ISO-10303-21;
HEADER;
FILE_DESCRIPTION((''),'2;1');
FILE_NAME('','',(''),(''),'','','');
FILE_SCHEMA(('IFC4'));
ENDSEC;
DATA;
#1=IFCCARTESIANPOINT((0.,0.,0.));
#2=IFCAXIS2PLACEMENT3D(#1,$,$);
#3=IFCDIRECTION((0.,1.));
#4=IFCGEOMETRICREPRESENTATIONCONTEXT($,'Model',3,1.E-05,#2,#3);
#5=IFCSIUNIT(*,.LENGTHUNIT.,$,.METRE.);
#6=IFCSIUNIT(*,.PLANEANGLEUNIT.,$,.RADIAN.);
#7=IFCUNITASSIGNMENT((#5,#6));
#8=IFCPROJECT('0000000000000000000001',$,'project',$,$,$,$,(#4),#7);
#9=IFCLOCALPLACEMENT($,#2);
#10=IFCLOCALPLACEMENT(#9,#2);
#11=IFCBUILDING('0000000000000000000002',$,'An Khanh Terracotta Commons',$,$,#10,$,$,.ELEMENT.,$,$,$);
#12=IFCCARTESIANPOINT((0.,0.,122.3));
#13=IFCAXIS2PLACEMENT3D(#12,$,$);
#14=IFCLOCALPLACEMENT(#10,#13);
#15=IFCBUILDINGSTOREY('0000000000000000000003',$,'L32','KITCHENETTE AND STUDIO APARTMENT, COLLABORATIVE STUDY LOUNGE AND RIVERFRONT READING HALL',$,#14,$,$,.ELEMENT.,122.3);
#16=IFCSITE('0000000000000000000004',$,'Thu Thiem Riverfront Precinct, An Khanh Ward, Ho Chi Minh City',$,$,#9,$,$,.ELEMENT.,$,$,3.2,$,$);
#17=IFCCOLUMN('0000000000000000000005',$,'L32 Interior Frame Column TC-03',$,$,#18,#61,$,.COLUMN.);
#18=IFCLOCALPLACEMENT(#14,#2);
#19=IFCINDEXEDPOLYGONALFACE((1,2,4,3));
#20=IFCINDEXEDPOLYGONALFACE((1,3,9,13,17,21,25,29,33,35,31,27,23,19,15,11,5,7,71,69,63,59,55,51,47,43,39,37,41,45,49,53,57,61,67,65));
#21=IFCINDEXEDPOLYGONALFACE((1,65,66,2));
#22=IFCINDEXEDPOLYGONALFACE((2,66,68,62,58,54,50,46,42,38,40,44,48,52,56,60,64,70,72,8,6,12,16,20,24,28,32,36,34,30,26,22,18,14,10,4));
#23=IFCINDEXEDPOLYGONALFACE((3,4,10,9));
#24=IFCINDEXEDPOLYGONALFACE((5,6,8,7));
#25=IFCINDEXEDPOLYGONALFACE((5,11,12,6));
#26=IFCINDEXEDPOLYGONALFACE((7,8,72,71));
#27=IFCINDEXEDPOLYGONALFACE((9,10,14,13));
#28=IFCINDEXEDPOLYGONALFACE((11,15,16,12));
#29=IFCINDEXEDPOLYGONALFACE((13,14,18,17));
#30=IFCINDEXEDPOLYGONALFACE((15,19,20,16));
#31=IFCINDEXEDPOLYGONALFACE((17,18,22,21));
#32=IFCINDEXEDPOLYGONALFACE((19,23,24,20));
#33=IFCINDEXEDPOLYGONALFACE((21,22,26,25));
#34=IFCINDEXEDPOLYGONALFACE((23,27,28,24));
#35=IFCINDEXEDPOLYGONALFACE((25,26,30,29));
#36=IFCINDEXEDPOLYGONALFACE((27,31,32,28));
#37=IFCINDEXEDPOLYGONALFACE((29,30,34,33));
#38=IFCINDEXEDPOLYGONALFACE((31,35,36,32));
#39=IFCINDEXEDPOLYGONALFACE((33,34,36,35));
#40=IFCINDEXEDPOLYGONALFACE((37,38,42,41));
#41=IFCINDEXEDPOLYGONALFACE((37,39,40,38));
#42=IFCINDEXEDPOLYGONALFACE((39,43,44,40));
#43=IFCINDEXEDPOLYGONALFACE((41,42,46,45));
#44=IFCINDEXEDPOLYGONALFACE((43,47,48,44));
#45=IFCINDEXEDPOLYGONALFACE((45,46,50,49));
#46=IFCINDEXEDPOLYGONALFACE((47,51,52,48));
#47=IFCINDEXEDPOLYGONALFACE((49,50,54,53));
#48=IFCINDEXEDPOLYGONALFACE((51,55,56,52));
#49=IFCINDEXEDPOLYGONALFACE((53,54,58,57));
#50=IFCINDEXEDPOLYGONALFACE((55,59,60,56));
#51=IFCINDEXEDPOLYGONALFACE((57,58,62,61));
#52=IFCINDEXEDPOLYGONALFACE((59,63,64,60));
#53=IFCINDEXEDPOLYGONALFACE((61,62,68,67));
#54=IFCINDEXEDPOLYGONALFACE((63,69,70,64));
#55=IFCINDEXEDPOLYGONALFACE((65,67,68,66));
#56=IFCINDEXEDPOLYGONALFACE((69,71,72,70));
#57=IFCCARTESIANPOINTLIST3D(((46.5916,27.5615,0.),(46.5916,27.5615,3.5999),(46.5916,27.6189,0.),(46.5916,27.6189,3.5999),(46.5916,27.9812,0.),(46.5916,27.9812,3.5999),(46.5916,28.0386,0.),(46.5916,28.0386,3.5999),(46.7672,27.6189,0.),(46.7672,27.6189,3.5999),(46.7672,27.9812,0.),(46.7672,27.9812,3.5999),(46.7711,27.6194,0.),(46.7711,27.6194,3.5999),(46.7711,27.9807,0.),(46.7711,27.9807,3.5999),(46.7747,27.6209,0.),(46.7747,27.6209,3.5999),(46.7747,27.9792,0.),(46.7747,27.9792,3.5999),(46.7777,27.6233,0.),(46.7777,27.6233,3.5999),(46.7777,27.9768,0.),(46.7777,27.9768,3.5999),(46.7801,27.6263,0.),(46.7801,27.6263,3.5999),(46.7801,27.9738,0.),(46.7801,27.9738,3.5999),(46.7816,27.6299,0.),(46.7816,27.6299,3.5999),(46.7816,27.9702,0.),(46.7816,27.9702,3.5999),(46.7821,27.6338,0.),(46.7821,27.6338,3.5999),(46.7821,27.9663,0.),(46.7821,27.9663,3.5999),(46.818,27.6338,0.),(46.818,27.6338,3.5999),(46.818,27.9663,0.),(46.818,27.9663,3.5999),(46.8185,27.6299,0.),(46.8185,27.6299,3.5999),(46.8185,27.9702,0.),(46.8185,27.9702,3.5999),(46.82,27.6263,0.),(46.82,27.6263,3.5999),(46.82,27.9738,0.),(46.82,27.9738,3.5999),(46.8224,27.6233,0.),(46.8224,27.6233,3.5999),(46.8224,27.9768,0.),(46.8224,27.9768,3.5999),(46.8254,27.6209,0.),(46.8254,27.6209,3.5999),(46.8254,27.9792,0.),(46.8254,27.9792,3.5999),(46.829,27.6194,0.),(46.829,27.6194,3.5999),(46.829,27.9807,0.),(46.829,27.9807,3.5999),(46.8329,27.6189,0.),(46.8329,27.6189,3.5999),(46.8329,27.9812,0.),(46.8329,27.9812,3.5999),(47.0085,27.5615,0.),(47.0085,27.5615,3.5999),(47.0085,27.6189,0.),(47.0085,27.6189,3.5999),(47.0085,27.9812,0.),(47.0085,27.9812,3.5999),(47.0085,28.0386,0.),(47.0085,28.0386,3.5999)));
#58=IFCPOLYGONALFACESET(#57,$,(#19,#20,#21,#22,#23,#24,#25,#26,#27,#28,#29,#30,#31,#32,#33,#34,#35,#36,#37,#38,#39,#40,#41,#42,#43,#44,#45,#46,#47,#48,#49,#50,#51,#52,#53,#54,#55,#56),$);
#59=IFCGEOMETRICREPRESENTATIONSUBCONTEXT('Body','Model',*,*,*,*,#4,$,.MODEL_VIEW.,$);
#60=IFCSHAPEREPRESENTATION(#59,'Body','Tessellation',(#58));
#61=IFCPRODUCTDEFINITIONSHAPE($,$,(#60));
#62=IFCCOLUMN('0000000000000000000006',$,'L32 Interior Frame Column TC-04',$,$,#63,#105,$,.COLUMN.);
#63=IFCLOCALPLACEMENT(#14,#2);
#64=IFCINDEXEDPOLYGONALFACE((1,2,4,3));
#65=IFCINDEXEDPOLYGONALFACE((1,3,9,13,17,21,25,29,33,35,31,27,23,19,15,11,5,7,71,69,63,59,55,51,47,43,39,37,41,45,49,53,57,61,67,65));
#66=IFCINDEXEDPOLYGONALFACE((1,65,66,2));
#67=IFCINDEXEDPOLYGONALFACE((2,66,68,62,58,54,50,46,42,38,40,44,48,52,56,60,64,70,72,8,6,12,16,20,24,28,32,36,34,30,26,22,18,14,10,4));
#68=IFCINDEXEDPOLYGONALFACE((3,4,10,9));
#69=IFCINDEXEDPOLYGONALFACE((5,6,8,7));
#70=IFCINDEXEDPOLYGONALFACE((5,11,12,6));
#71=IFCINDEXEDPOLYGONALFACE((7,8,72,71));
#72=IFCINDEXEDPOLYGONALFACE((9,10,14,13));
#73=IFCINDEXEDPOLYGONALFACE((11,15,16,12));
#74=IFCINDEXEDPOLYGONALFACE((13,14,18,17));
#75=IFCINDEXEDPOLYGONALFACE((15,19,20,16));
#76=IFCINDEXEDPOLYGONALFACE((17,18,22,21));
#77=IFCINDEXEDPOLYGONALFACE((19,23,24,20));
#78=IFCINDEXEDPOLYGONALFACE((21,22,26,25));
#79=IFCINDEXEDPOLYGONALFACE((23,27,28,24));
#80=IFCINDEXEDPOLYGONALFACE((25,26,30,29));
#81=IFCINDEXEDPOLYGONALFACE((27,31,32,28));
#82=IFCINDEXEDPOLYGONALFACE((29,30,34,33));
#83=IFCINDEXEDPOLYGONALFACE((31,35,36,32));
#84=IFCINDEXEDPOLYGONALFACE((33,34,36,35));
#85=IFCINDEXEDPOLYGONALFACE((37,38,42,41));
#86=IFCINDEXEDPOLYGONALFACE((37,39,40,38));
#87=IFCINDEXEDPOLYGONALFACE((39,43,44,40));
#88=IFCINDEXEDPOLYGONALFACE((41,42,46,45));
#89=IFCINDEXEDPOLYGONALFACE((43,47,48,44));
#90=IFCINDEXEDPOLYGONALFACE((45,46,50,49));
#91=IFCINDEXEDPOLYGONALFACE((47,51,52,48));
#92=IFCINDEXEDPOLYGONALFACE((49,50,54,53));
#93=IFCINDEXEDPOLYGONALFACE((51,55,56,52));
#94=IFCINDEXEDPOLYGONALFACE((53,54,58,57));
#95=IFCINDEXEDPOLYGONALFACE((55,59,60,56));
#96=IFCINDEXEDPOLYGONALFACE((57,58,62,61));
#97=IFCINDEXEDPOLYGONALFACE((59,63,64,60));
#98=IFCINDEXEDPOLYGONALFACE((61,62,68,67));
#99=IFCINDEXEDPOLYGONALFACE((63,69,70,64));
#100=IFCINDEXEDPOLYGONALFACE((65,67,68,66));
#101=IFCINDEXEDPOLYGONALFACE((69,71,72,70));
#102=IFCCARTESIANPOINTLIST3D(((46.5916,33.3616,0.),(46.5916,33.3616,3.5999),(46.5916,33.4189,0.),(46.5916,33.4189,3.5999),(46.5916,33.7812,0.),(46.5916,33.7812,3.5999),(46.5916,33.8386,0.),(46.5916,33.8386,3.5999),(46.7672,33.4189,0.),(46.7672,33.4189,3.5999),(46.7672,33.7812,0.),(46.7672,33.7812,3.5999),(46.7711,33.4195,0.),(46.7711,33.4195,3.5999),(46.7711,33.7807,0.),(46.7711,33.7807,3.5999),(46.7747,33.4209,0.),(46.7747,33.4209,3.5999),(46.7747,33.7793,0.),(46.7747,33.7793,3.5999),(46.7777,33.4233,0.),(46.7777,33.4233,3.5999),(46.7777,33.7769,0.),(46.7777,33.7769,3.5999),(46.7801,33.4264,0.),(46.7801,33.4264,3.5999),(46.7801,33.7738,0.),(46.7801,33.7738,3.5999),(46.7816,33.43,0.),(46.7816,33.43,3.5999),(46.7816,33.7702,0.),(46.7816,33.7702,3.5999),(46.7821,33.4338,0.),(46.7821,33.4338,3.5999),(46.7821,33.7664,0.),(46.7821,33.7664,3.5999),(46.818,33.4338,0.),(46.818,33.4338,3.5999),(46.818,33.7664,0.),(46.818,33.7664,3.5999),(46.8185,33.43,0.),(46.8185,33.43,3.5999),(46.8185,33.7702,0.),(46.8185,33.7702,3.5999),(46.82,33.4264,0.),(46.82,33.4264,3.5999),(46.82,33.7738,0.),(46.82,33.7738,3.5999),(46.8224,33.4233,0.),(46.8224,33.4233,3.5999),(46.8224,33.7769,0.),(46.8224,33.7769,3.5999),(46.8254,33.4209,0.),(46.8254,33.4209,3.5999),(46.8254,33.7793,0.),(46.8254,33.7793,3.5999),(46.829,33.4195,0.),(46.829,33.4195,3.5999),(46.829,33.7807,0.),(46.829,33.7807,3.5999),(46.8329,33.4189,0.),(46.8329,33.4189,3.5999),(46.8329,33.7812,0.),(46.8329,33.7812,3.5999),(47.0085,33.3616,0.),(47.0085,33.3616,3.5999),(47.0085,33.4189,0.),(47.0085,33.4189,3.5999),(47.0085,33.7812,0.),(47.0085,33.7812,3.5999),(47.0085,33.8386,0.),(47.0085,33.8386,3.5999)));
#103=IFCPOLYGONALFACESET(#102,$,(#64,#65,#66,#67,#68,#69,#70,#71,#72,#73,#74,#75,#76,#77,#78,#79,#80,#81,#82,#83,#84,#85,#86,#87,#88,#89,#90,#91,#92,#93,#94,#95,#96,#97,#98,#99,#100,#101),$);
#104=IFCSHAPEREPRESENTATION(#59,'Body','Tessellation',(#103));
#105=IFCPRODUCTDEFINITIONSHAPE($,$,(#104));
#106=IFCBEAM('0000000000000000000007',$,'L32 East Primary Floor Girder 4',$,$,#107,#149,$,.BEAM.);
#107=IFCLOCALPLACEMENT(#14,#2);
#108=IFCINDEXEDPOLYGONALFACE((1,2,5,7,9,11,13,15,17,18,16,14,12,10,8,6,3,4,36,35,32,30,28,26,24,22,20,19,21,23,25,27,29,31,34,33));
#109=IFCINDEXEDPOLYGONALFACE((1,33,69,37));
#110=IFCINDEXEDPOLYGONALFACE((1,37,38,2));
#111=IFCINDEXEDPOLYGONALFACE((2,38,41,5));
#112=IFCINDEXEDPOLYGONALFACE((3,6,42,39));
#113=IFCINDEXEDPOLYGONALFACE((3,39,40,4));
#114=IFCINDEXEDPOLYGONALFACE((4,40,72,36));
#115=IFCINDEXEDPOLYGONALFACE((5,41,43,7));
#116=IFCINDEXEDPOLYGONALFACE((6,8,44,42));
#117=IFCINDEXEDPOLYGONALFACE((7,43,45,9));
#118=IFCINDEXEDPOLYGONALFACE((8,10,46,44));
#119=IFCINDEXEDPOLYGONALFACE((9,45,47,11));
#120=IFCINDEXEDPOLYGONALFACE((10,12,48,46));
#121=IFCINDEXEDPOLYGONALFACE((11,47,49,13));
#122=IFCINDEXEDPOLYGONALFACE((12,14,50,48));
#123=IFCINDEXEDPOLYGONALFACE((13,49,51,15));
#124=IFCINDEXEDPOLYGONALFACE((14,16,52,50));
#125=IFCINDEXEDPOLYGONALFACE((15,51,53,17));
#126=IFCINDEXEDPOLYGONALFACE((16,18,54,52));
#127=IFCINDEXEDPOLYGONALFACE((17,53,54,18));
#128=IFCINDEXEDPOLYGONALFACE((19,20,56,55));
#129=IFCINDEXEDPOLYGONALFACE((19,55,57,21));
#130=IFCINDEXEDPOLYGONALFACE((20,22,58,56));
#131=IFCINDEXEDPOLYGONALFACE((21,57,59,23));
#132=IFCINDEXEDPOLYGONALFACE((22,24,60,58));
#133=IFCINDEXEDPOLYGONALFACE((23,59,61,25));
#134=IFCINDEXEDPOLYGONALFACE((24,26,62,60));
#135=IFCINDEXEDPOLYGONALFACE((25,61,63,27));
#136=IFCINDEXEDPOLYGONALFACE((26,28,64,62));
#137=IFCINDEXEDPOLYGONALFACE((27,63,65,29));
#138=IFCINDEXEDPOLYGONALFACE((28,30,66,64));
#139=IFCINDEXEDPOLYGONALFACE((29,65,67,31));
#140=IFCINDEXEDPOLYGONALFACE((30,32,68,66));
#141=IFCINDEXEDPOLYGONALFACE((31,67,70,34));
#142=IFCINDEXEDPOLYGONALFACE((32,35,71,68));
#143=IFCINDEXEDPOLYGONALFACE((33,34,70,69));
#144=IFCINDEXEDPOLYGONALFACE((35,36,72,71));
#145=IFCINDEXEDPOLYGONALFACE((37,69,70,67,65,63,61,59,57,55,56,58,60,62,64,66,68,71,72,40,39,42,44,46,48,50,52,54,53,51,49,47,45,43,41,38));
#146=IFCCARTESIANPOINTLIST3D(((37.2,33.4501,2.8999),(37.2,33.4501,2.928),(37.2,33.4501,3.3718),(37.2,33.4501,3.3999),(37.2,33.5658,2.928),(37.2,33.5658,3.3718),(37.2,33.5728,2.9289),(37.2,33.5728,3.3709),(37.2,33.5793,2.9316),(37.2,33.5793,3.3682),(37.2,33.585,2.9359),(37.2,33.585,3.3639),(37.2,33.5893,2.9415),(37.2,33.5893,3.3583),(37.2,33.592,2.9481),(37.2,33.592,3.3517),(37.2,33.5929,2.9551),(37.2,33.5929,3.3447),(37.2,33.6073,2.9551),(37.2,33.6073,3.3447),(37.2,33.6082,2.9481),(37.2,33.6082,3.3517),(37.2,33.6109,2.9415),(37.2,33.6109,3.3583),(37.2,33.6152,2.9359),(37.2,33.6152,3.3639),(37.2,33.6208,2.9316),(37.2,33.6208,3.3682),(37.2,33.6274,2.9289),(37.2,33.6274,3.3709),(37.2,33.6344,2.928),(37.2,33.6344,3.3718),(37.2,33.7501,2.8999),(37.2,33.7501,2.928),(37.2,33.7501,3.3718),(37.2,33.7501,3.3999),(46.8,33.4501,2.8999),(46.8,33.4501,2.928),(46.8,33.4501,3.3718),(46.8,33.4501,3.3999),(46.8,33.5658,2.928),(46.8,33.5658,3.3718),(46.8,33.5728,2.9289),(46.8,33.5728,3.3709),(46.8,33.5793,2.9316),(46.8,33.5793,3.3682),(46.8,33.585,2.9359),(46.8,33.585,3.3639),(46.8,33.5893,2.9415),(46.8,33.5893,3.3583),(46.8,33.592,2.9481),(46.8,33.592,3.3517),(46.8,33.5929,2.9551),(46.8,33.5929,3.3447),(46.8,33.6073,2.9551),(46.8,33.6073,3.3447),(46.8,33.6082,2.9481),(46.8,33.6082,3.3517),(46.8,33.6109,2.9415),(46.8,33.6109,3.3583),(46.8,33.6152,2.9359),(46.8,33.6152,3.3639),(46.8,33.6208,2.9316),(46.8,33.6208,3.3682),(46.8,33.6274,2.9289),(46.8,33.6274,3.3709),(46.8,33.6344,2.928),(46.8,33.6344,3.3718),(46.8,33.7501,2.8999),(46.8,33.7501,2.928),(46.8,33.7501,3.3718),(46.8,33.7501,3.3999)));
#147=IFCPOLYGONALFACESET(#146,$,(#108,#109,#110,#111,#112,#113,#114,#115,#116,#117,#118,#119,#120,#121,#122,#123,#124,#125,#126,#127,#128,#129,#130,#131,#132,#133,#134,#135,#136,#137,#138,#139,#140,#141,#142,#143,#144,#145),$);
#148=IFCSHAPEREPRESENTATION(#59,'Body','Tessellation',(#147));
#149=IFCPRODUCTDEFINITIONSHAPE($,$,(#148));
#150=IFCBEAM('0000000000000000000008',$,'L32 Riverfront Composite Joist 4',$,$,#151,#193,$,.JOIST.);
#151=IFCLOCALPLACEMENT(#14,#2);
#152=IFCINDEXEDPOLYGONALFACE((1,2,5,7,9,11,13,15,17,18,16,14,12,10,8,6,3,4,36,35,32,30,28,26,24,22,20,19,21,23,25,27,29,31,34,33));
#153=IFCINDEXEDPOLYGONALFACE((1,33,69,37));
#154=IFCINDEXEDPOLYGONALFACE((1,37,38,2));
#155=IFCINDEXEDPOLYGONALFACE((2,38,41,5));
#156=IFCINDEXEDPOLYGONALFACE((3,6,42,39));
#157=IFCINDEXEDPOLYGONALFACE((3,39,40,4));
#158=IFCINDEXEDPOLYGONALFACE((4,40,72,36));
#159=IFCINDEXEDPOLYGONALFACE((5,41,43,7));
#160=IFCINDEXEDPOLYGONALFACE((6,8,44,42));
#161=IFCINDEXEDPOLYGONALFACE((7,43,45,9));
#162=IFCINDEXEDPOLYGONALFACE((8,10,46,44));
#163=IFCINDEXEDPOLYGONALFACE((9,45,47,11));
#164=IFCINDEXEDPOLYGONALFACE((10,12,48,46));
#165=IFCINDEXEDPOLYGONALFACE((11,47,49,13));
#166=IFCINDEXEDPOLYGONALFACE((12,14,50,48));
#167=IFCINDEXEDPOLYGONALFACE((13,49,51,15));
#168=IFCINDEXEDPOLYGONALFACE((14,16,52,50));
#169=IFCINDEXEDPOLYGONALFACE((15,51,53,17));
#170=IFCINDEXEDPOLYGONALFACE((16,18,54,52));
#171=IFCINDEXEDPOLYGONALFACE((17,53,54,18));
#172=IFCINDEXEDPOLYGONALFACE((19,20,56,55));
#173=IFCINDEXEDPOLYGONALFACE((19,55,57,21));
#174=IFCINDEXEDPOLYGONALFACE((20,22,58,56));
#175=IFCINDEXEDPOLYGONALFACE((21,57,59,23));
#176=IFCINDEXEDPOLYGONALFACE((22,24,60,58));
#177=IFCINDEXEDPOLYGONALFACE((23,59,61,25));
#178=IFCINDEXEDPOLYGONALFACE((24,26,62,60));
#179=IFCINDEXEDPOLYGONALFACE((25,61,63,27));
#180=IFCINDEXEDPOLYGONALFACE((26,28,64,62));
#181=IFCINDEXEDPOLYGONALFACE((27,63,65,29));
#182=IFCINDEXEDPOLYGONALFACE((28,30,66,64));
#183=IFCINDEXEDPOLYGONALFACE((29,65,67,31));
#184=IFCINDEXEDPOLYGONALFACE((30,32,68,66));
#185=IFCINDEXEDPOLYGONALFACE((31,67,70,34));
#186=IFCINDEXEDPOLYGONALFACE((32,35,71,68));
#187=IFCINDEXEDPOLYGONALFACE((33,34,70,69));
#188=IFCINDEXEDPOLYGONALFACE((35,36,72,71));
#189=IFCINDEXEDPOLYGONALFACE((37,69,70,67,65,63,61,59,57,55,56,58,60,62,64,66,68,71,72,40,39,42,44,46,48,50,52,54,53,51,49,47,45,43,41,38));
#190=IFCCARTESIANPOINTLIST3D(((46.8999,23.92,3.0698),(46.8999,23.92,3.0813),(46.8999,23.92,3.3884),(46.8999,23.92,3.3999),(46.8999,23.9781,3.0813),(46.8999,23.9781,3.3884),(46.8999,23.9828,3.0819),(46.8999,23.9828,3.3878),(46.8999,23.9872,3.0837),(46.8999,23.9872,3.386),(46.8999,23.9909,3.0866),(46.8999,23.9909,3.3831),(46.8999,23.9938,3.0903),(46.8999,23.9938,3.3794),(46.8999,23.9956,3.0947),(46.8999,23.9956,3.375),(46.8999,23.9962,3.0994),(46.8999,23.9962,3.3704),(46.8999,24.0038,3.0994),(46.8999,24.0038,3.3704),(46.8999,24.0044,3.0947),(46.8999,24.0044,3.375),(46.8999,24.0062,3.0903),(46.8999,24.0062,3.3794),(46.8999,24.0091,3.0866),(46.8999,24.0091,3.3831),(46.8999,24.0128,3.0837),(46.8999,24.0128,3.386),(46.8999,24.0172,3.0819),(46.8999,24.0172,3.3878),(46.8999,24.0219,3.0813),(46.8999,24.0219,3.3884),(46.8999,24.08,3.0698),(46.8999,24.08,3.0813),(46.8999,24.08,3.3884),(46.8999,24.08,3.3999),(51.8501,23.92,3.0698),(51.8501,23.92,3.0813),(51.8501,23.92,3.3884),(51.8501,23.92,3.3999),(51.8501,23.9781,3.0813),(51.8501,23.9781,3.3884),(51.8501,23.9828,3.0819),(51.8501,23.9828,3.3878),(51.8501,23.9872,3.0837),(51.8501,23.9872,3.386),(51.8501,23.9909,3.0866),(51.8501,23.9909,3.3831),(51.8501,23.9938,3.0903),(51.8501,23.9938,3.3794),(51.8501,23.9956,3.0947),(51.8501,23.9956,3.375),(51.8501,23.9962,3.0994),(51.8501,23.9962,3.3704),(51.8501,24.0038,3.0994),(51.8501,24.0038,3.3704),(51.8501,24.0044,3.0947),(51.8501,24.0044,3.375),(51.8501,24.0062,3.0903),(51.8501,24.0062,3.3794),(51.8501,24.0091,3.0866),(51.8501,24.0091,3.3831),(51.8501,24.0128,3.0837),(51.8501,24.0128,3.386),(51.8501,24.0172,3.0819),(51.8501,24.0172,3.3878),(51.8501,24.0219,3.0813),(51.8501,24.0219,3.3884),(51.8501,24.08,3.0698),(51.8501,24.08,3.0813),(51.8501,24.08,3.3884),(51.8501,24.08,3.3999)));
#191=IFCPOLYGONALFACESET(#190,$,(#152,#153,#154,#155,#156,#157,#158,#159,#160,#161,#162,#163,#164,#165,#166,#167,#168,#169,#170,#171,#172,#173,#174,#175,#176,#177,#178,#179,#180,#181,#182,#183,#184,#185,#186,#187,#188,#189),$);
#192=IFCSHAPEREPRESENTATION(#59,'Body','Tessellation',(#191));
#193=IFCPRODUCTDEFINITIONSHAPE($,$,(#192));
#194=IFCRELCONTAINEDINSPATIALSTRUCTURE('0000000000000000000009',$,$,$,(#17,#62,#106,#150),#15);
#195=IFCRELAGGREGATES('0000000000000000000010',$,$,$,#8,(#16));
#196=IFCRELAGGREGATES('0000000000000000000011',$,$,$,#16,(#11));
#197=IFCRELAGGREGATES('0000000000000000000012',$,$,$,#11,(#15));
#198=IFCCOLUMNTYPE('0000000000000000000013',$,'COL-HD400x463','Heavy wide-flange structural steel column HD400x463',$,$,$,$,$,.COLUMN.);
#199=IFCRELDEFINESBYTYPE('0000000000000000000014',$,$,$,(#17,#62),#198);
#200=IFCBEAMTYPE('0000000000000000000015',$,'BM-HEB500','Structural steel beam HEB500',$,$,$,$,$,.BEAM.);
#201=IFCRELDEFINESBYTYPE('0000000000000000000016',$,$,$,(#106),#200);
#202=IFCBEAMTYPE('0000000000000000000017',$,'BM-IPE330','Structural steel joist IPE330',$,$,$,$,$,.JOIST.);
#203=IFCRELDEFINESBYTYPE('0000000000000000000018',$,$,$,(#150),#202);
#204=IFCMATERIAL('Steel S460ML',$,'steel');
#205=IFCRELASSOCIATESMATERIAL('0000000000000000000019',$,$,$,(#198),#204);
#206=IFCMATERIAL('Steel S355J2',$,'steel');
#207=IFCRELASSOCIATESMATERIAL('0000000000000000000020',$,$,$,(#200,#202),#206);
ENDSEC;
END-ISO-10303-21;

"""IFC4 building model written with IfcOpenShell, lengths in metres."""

from ifc_helpers import new_model, si_unit, direction, frame, origin, origin_2d, place, context, subcontext, project, spatial, i_section, extrude, material, material_profile, profile_set, type_object, element, save


model = new_model("IFC4")

# Units and contexts
model_context = context("Model", 3, precision=1e-05, world=origin(), true_north=direction((0.0, 1.0)))
body_context = subcontext(model_context, "Body", "Model", "MODEL_VIEW")
ifc_project = project(units=[si_unit("LENGTHUNIT", "METRE"), si_unit("PLANEANGLEUNIT", "RADIAN")], contexts=[model_context])

# Site, building, storey
site_placement = place(None, origin())
site = spatial("IfcSite", under=ifc_project, at=site_placement, Name="Thu Thiem Riverfront Precinct, An Khanh Ward, Ho Chi Minh City", CompositionType="ELEMENT", RefElevation=3.2)
building_placement = place(site_placement, origin())
building = spatial("IfcBuilding", under=site, at=building_placement, Name="An Khanh Terracotta Commons", CompositionType="ELEMENT")
storey_placement = place(building_placement, frame((0.0, 0.0, 122.3)))
storey = spatial("IfcBuildingStorey", under=building, at=storey_placement, Name="L32", Description="KITCHENETTE AND STUDIO APARTMENT, COLLABORATIVE STUDY LOUNGE AND RIVERFRONT READING HALL", CompositionType="ELEMENT", Elevation=122.3)

# Columns
ifc_material_1 = material(Name="Steel S460ML", Category="steel")
ifc_material_profile_1 = material_profile(ifc_material_1, i_section(OverallWidth=0.417, OverallDepth=0.4771, WebThickness=0.0359, FlangeThickness=0.0574, FilletRadius=0.0149, at=origin_2d()), Name="HD400x463")
ifc_profile_set_1 = profile_set([ifc_material_profile_1], Name="Steel S460ML")
column_type = type_object("IfcColumnType", Name="COL-HD400x463", Description="Heavy wide-flange structural steel column HD400x463", PredefinedType="COLUMN", material=ifc_profile_set_1)
for number, where, z_axis, x_axis, name in (
    (1, (46.8, 27.8, 0.0), (0.0, 0.0, 1.0), (1.0, 0.0, 0.0), "L32 Interior Frame Column TC-03"),
    (2, (46.8, 33.6001, 0.0), (0.0, 0.0, 1.0), (1.0, 0.0, 0.0), "L32 Interior Frame Column TC-04"),
):
    element("IfcColumn", number, at=place(storey_placement, frame(where, z_axis=z_axis, x_axis=x_axis)), inside=storey, type_object=column_type, Name=name, PredefinedType="COLUMN", context=body_context, shape_type="SweptSolid", body=[
        extrude(i_section(OverallWidth=0.417, OverallDepth=0.4771, WebThickness=0.0359, FlangeThickness=0.0574, FilletRadius=0.0149, at=origin_2d()), origin(), (0.0, 0.0, 1.0), 3.5999),
    ])

# Beams
ifc_material_2 = material(Name="Steel S355J2", Category="steel")
ifc_material_profile_2 = material_profile(ifc_material_2, i_section(OverallWidth=0.3, OverallDepth=0.5, WebThickness=0.0144, FlangeThickness=0.0281, FilletRadius=0.0271, at=origin_2d()), Name="HEB500")
ifc_profile_set_2 = profile_set([ifc_material_profile_2], Name="Steel S355J2")
beam_type_1 = type_object("IfcBeamType", Name="BM-HEB500", Description="Structural steel beam HEB500", PredefinedType="BEAM", material=ifc_profile_set_2)
beam_1_placement = place(storey_placement, frame((37.2, 33.6001, 3.1499), z_axis=(1.0, 0.0, 0.0), x_axis=(0.0, 1.0, 0.0)))
element("IfcBeam", 3, at=beam_1_placement, inside=storey, type_object=beam_type_1, Name="L32 East Primary Floor Girder 4", PredefinedType="BEAM", context=body_context, shape_type="SweptSolid", body=[
    extrude(i_section(OverallWidth=0.3, OverallDepth=0.5, WebThickness=0.0144, FlangeThickness=0.0281, FilletRadius=0.0271, at=origin_2d()), origin(), (0.0, 0.0, 1.0), 9.6001),
])
ifc_material_profile_3 = material_profile(ifc_material_2, i_section(OverallWidth=0.1599, OverallDepth=0.3301, WebThickness=0.0076, FlangeThickness=0.0115, FilletRadius=0.0181, at=origin_2d()), Name="IPE330")
ifc_profile_set_3 = profile_set([ifc_material_profile_3], Name="Steel S355J2")
beam_type_2 = type_object("IfcBeamType", Name="BM-IPE330", Description="Structural steel joist IPE330", PredefinedType="JOIST", material=ifc_profile_set_3)
for number, where, z_axis, x_axis, name in (
    (4, (46.8999, 24.0, 3.2349), (1.0, 0.0, 0.0), (0.0, 1.0, 0.0), "L32 Riverfront Composite Joist 4"),
):
    element("IfcBeam", number, at=place(storey_placement, frame(where, z_axis=z_axis, x_axis=x_axis)), inside=storey, type_object=beam_type_2, Name=name, PredefinedType="JOIST", context=body_context, shape_type="SweptSolid", body=[
        extrude(i_section(OverallWidth=0.1599, OverallDepth=0.3301, WebThickness=0.0076, FlangeThickness=0.0115, FilletRadius=0.0181, at=origin_2d()), origin(), (0.0, 0.0, 1.0), 4.9502),
    ])

save(model, "model.ifc")
